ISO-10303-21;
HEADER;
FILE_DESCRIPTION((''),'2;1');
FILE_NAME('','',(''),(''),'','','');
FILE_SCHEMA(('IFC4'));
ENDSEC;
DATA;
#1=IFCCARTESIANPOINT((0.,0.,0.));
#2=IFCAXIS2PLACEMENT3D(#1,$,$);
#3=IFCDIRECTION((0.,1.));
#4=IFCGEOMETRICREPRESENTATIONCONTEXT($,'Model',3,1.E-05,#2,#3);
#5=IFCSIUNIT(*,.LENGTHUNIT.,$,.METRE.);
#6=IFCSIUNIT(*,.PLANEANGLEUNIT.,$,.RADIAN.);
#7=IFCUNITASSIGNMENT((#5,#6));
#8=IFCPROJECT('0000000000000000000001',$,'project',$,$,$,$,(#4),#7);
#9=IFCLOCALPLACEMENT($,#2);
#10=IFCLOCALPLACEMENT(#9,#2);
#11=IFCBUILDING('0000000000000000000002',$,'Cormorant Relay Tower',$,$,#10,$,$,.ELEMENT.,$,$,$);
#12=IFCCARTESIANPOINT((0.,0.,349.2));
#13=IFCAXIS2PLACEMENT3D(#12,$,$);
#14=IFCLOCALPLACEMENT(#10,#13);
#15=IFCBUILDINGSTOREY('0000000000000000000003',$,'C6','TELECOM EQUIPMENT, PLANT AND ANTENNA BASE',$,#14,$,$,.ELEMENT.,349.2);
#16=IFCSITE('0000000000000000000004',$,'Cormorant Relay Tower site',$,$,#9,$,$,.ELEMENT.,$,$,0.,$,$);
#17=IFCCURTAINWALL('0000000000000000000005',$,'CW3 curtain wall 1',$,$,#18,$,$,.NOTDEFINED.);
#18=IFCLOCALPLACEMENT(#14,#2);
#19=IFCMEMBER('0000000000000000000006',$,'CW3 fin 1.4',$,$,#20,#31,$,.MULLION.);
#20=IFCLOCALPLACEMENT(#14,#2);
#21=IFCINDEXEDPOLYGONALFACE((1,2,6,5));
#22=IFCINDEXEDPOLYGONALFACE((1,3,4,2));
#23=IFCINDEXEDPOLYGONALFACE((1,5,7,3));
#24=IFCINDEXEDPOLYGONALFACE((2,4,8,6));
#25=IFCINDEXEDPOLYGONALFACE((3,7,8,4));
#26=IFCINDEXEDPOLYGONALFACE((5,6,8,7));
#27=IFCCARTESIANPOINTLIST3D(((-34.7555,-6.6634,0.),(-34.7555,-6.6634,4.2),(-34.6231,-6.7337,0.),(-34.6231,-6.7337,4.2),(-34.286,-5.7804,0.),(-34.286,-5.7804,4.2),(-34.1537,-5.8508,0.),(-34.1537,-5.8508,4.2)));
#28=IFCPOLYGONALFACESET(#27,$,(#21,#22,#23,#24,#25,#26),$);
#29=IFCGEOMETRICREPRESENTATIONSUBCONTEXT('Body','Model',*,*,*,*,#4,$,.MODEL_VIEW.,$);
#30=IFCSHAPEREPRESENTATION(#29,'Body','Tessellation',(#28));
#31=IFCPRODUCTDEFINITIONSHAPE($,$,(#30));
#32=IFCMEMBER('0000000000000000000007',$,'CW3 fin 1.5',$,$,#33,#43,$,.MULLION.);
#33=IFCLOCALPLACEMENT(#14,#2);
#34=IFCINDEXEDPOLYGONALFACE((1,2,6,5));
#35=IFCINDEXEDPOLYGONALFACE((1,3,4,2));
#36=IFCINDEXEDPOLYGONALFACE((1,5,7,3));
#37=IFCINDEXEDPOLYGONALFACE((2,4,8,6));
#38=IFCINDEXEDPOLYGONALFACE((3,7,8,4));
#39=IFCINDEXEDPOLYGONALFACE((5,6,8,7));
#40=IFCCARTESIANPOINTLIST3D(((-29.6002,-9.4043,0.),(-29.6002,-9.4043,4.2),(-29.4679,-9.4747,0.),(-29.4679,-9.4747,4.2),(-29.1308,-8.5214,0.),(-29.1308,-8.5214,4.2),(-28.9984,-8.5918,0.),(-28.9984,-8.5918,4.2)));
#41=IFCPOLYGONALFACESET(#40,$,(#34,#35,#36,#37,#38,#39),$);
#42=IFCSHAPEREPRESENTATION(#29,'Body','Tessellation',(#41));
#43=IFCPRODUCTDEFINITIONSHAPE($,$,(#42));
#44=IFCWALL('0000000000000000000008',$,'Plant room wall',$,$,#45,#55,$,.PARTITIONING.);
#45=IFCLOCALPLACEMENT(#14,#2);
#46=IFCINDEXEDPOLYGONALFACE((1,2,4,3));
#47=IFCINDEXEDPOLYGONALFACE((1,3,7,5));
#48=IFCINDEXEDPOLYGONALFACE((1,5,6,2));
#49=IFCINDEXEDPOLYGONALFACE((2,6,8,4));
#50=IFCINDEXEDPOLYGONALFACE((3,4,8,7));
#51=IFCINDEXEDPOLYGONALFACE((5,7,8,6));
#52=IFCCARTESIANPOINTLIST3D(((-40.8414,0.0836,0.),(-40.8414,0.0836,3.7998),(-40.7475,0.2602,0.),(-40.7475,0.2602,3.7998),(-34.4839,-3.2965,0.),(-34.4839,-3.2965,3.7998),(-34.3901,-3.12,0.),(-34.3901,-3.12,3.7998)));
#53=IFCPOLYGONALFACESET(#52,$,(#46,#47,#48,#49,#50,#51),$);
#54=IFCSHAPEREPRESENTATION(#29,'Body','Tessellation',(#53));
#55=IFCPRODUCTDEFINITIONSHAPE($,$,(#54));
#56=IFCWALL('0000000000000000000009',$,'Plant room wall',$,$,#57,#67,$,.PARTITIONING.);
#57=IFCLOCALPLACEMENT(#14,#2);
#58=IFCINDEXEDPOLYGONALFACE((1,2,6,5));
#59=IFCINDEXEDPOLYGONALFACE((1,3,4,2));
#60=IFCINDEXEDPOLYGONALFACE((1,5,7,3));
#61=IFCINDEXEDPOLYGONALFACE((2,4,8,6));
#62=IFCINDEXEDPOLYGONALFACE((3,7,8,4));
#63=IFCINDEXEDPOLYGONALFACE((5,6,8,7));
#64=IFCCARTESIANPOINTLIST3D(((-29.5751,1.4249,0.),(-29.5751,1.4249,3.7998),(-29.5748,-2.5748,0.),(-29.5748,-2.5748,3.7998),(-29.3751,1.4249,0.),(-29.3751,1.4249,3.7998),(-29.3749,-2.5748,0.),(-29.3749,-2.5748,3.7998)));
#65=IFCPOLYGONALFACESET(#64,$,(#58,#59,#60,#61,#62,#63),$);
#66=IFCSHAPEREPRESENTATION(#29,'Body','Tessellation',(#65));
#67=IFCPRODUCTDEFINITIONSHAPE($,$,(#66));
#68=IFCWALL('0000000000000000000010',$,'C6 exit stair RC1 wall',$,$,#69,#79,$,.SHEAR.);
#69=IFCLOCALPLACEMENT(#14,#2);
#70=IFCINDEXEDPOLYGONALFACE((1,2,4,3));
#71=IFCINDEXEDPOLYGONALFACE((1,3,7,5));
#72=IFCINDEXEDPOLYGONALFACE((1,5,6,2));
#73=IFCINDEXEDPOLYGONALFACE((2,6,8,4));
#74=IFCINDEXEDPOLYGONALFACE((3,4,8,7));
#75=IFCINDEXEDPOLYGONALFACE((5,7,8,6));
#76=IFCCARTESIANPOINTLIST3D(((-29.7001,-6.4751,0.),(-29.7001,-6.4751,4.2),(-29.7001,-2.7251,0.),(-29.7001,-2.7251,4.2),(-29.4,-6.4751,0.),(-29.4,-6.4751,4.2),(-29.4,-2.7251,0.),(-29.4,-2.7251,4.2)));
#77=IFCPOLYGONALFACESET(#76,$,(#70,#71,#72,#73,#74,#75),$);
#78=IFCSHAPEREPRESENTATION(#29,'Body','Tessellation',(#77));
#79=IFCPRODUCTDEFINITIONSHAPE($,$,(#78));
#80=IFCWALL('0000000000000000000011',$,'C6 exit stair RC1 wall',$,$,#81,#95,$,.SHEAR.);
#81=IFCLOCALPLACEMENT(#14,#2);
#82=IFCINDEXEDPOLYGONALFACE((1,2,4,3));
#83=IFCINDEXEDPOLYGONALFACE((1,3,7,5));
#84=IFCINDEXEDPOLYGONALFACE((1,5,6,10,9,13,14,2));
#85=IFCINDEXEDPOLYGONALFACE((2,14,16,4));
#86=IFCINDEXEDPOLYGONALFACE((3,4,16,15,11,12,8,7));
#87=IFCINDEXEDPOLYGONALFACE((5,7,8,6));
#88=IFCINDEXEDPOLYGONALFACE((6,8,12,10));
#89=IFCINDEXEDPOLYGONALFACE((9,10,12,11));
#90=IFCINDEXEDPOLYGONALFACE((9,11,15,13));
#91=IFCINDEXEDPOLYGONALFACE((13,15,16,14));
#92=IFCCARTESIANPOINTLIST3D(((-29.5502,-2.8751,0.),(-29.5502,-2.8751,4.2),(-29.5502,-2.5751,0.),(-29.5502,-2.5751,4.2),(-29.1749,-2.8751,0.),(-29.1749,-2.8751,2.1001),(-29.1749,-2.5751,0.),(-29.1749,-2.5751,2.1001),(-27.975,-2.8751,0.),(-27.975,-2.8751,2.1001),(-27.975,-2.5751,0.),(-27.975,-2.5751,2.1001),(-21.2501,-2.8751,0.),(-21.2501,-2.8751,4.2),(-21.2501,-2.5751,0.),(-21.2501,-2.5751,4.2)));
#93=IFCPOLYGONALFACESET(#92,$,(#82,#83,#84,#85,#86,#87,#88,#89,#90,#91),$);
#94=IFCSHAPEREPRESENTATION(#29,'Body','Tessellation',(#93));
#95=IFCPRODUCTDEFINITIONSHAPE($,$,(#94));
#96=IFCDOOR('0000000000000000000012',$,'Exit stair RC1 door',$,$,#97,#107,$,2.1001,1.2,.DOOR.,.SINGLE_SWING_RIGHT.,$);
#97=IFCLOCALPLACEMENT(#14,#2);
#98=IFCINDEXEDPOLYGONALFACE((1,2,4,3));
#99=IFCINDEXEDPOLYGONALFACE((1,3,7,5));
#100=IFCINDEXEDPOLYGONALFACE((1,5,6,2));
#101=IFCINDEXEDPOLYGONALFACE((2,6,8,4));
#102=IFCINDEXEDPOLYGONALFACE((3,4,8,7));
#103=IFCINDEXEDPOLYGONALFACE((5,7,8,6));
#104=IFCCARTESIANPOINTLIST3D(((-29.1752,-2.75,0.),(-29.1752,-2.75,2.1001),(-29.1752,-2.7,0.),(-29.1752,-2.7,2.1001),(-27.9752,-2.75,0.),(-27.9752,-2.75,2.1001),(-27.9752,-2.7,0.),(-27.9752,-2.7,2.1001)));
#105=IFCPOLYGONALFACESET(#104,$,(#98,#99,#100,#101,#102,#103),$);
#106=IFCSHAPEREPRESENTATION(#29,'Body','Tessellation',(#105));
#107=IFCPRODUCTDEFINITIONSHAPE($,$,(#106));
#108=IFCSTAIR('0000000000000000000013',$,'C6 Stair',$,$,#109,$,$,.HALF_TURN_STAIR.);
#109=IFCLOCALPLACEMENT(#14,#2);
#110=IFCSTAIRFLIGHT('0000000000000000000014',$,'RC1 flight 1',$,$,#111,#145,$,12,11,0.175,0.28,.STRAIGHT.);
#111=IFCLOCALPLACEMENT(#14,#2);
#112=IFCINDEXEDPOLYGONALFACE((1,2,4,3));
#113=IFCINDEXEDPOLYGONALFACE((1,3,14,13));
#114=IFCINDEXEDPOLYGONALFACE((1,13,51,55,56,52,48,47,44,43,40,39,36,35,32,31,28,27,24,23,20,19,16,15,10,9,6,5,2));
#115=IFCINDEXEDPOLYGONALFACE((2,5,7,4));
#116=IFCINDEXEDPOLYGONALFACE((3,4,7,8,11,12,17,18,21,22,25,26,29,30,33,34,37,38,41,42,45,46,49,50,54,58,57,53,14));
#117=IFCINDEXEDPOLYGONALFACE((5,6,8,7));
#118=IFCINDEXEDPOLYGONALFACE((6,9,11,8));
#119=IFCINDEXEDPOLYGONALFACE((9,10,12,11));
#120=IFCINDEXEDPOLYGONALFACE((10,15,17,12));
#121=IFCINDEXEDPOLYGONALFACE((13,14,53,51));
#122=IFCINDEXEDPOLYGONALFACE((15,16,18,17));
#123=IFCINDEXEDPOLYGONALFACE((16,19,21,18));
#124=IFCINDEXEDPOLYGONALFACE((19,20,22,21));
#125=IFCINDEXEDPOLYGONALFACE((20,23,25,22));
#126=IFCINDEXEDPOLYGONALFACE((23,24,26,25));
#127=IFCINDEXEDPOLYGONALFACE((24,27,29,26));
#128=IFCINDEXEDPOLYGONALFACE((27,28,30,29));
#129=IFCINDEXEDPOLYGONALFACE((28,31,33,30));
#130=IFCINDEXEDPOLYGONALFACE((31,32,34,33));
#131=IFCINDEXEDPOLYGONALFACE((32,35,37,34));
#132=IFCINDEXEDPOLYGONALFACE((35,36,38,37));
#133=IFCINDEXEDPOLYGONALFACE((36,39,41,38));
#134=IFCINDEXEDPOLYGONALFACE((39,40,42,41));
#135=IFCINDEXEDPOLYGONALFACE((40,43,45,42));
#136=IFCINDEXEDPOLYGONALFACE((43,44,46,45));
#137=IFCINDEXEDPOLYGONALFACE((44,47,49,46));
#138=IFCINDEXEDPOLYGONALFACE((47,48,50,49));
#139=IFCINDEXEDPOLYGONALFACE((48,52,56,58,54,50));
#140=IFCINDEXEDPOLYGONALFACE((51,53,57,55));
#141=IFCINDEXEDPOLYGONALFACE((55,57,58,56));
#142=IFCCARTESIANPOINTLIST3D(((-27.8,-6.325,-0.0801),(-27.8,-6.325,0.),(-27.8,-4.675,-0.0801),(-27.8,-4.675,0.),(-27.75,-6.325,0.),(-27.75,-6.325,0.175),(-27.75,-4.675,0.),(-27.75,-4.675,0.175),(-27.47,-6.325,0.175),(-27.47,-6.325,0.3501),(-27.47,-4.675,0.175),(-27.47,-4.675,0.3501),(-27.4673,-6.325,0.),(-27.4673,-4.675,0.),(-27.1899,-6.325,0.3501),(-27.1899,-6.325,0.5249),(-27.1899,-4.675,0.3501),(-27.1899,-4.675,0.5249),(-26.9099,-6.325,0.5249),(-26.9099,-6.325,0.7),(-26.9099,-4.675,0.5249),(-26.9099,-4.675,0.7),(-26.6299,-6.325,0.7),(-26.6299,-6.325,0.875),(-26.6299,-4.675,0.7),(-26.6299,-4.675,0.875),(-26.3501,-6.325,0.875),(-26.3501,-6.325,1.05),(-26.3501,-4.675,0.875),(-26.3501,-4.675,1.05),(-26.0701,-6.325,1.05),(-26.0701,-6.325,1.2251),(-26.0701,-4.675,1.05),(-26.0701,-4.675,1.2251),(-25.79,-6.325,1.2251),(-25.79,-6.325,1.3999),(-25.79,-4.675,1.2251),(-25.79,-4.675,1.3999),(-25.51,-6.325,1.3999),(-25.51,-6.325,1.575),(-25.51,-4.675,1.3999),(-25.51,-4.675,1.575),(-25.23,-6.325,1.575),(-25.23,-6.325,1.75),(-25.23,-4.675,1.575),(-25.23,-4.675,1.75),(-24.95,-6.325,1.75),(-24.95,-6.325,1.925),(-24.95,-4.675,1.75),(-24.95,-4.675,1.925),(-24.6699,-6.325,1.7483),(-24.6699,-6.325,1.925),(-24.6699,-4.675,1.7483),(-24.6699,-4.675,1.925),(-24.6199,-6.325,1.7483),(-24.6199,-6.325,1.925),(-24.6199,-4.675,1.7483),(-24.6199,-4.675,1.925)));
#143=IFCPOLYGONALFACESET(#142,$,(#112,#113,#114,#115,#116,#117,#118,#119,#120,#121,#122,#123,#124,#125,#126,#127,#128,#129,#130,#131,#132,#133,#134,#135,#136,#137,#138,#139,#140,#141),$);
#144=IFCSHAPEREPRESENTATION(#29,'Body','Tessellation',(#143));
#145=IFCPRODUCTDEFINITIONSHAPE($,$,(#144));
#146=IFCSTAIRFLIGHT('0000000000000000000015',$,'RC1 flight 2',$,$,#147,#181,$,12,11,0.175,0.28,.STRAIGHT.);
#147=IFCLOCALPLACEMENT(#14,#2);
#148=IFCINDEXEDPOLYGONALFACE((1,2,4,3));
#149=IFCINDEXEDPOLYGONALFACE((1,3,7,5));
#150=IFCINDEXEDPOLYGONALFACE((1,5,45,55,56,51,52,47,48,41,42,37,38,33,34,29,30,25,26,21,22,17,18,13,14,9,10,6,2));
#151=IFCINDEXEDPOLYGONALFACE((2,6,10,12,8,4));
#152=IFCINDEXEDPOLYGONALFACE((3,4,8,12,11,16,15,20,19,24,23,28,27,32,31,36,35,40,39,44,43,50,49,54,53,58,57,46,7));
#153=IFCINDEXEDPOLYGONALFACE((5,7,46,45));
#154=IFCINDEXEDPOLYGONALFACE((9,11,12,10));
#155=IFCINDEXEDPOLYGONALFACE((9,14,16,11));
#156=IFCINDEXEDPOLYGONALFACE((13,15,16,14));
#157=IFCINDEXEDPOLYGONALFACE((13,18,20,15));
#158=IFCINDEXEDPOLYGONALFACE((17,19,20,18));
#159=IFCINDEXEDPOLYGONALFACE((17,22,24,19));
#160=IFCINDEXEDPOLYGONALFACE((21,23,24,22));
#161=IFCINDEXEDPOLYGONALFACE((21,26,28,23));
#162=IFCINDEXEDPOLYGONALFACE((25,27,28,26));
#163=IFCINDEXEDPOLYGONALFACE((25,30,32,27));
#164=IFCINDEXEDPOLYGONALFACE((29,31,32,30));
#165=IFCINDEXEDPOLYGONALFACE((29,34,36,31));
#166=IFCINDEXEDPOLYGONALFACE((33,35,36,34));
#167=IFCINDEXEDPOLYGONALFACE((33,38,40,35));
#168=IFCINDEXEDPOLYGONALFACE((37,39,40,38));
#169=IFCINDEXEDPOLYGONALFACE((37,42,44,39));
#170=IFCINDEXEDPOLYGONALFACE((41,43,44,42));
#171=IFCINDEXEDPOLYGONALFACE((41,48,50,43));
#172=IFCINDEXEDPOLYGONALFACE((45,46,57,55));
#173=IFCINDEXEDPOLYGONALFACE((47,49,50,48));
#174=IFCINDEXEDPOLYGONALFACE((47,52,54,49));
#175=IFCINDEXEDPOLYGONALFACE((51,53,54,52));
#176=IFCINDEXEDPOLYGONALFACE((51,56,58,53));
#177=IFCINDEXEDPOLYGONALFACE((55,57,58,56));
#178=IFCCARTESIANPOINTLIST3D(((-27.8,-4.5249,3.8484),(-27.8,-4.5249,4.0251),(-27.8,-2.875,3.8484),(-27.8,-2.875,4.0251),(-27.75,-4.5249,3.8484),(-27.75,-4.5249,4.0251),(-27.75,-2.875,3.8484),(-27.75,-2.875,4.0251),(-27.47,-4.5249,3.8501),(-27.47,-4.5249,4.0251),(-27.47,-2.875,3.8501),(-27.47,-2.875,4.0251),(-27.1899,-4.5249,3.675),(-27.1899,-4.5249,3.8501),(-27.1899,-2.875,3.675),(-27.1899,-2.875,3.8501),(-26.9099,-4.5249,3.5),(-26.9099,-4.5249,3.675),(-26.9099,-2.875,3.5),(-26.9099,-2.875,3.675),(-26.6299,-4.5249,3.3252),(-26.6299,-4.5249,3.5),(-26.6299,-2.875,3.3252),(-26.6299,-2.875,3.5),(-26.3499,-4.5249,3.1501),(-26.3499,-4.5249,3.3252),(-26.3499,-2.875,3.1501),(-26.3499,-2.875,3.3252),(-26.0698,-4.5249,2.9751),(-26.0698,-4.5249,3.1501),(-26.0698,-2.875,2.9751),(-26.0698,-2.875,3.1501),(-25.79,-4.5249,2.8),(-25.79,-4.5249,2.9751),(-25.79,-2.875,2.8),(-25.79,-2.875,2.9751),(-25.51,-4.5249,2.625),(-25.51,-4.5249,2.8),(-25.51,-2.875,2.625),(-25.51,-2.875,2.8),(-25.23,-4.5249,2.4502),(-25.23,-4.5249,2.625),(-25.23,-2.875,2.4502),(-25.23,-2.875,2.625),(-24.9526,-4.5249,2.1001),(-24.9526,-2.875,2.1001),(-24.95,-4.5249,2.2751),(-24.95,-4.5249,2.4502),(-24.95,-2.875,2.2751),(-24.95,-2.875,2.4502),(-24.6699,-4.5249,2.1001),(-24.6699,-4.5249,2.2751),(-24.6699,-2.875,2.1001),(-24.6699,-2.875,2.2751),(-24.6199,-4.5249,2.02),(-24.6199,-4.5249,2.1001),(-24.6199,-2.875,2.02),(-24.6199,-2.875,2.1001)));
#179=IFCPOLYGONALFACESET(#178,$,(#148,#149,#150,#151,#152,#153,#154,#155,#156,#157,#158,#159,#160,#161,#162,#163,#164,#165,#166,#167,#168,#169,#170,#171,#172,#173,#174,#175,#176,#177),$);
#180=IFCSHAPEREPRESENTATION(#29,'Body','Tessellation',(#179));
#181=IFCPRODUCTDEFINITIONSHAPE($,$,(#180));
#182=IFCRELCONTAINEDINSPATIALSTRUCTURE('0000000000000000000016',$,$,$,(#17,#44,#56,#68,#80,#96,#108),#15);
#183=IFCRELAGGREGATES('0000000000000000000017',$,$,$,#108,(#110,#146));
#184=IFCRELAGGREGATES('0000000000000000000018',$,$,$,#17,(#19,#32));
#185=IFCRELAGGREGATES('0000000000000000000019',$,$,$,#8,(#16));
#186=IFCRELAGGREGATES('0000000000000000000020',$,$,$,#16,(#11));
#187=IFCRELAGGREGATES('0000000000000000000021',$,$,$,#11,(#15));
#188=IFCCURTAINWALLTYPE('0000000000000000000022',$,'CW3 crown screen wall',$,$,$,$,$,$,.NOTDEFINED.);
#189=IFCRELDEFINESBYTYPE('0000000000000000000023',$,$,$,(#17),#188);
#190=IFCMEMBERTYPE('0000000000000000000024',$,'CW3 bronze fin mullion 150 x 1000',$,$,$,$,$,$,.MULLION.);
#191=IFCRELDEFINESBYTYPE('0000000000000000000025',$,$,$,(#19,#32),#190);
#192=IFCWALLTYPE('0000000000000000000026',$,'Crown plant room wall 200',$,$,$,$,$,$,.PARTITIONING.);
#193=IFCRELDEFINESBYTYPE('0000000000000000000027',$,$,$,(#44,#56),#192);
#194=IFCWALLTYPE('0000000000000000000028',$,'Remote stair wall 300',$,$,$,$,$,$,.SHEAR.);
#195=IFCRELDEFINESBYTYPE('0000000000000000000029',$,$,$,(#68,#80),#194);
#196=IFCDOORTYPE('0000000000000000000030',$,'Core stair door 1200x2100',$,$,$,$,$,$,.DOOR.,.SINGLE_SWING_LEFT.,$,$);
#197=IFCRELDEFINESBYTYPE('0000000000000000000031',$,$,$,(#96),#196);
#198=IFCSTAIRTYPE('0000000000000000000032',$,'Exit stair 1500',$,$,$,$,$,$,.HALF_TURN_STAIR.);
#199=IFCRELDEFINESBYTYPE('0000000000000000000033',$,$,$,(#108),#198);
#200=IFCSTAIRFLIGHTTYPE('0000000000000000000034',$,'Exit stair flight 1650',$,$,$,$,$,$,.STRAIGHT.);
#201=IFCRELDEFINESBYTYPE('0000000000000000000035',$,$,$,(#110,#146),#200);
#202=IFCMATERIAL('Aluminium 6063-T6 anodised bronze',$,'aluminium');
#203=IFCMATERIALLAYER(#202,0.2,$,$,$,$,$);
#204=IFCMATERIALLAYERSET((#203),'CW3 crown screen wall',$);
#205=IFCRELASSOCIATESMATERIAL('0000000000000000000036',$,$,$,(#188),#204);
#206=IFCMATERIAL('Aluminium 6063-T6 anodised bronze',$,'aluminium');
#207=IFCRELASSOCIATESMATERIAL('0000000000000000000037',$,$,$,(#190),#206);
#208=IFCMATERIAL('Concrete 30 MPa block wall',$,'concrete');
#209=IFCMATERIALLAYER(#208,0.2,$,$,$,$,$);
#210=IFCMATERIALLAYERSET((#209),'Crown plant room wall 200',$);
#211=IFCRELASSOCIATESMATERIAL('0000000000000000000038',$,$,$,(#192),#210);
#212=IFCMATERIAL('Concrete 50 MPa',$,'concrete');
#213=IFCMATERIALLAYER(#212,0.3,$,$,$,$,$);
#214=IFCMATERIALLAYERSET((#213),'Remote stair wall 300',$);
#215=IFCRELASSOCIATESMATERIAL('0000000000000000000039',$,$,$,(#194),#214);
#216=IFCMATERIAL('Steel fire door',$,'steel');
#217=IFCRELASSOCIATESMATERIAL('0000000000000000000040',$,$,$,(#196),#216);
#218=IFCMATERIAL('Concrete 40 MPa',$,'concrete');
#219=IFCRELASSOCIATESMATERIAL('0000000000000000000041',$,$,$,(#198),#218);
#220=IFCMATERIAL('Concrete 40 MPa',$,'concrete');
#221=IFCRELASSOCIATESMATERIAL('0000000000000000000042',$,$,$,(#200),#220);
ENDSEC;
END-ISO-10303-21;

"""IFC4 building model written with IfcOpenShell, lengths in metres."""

from ifc_helpers import new_model, si_unit, direction, frame, frame_2d, origin, origin_2d, place, context, subcontext, project, spatial, polyline, rectangle, outline, extrude, material, layer, layer_set, material_profile, profile_set, type_object, element, fill, aggregate, save


model = new_model("IFC4")

# Units and contexts
model_context = context("Model", 3, precision=1e-05, world=origin(), true_north=direction((0.0, 1.0)))
body_context = subcontext(model_context, "Body", "Model", "MODEL_VIEW")
ifc_project = project(units=[si_unit("LENGTHUNIT", "METRE"), si_unit("PLANEANGLEUNIT", "RADIAN")], contexts=[model_context])

# Site, building, storey
site_placement = place(None, origin())
site = spatial("IfcSite", under=ifc_project, at=site_placement, Name="Cormorant Relay Tower site", CompositionType="ELEMENT", RefElevation=0.0)
building_placement = place(site_placement, origin())
building = spatial("IfcBuilding", under=site, at=building_placement, Name="Cormorant Relay Tower", CompositionType="ELEMENT")
storey_placement = place(building_placement, frame((0.0, 0.0, 349.2)))
storey = spatial("IfcBuildingStorey", under=building, at=storey_placement, Name="C6", Description="TELECOM EQUIPMENT, PLANT AND ANTENNA BASE", CompositionType="ELEMENT", Elevation=349.2)

# Curtain wall, members
ifc_material_1 = material(Name="Aluminium 6063-T6 anodised bronze", Category="aluminium")
ifc_layer_1 = layer(ifc_material_1, 0.2)
ifc_layer_set_1 = layer_set([ifc_layer_1], Name="CW3 crown screen wall")
curtain_wall_type = type_object("IfcCurtainWallType", Name="CW3 crown screen wall", PredefinedType="NOTDEFINED", material=ifc_layer_set_1)
curtain_wall_placement = place(storey_placement, origin())
curtain_wall = element("IfcCurtainWall", 1, at=curtain_wall_placement, inside=storey, type_object=curtain_wall_type, Name="CW3 curtain wall 1", PredefinedType="NOTDEFINED")
ifc_material_2 = material(Name="Aluminium 6063-T6 anodised bronze", Category="aluminium")
ifc_material_profile = material_profile(ifc_material_2, rectangle(XDim=0.1499, YDim=1.0, at=origin_2d()), Name="AL 150x1000")
ifc_profile_set = profile_set([ifc_material_profile], Name="Aluminium 6063-T6 anodised bronze")
member_type = type_object("IfcMemberType", Name="CW3 bronze fin mullion 150 x 1000", PredefinedType="MULLION", material=ifc_profile_set)
member_1_placement = place(storey_placement, frame((-34.4546, -6.2571, 0.0), z_axis=(0.0, 0.0, 1.0), x_axis=(0.882948, -0.469472, 0.0)))
member_1 = element("IfcMember", 2, at=member_1_placement, type_object=member_type, Name="CW3 fin 1.4", PredefinedType="MULLION", context=body_context, shape_type="SweptSolid", body=[
    extrude(rectangle(XDim=0.1499, YDim=1.0, at=origin_2d()), origin(), (0.0, 0.0, 1.0), 4.2),
])
member_2_placement = place(storey_placement, frame((-29.2993, -8.998, 0.0), z_axis=(0.0, 0.0, 1.0), x_axis=(0.882948, -0.469472, 0.0)))
member_2 = element("IfcMember", 3, at=member_2_placement, type_object=member_type, Name="CW3 fin 1.5", PredefinedType="MULLION", context=body_context, shape_type="SweptSolid", body=[
    extrude(rectangle(XDim=0.1499, YDim=1.0, at=origin_2d()), origin(), (0.0, 0.0, 1.0), 4.2),
])

# Walls
ifc_material_3 = material(Name="Concrete 30 MPa block wall", Category="concrete")
ifc_layer_2 = layer(ifc_material_3, 0.2)
ifc_layer_set_2 = layer_set([ifc_layer_2], Name="Crown plant room wall 200")
wall_type_1 = type_object("IfcWallType", Name="Crown plant room wall 200", PredefinedType="PARTITIONING", material=ifc_layer_set_2)
wall_1_placement = place(storey_placement, frame((-34.437, -3.2083, 0.0), z_axis=(0.0, 0.0, 1.0), x_axis=(-0.882958, 0.469453, 0.0)))
element("IfcWall", 4, at=wall_1_placement, inside=storey, type_object=wall_type_1, Name="Plant room wall", PredefinedType="PARTITIONING", context=body_context, shape_type="SweptSolid", body=[
    extrude(rectangle(XDim=7.2002, YDim=0.2, at=frame_2d((3.6001, 0.0))), origin(), (0.0, 0.0, 1.0), 3.7998),
])
wall_2_placement = place(storey_placement, frame((-29.4749, -2.575, 0.0), z_axis=(0.0, 0.0, 1.0), x_axis=(-0.000061, 1.0, 0.0)))
element("IfcWall", 5, at=wall_2_placement, inside=storey, type_object=wall_type_1, Name="Plant room wall", PredefinedType="PARTITIONING", context=body_context, shape_type="SweptSolid", body=[
    extrude(rectangle(XDim=3.9998, YDim=0.2, at=frame_2d((2.0, 0.0))), origin(), (0.0, 0.0, 1.0), 3.7998),
])
ifc_material_4 = material(Name="Concrete 50 MPa", Category="concrete")
ifc_layer_3 = layer(ifc_material_4, 0.3)
ifc_layer_set_3 = layer_set([ifc_layer_3], Name="Remote stair wall 300")
wall_type_2 = type_object("IfcWallType", Name="Remote stair wall 300", PredefinedType="SHEAR", material=ifc_layer_set_3)
wall_3_placement = place(storey_placement, frame((-29.55, -6.4751, 0.0), z_axis=(0.0, 0.0, 1.0), x_axis=(0.0, 1.0, 0.0)))
element("IfcWall", 6, at=wall_3_placement, inside=storey, type_object=wall_type_2, Name="C6 exit stair RC1 wall", PredefinedType="SHEAR", context=body_context, shape_type="SweptSolid", body=[
    extrude(rectangle(XDim=3.75, YDim=0.3, at=frame_2d((1.875, 0.0))), origin(), (0.0, 0.0, 1.0), 4.2),
])

# Wall, opening, door
wall_4_placement = place(storey_placement, frame((-29.55, -2.7251, 0.0), z_axis=(0.0, 0.0, 1.0), x_axis=(1.0, 0.0, 0.0)))
wall_4 = element("IfcWall", 7, at=wall_4_placement, inside=storey, type_object=wall_type_2, Name="C6 exit stair RC1 wall", PredefinedType="SHEAR", context=body_context, shape_type="SweptSolid", body=[
    extrude(rectangle(XDim=8.3, YDim=0.3, at=frame_2d((4.1499, 0.0))), origin(), (0.0, 0.0, 1.0), 4.2),
])
opening_placement = place(wall_4_placement, frame((0.375, 0.0, 0.0)))
opening = element("IfcOpeningElement", 8, at=opening_placement, cuts=wall_4, PredefinedType="OPENING", context=body_context, shape_type="SweptSolid", body=[
    extrude(rectangle(XDim=1.2, YDim=2.1001, at=frame_2d((0.6001, 1.05))), frame((0.0, 0.1599, 0.0), z_axis=(0.0, -1.0, 0.0), x_axis=(1.0, 0.0, 0.0)), (0.0, 0.0, 1.0), 0.3201),
])
ifc_material_5 = material(Name="Steel fire door", Category="steel")
door_type = type_object("IfcDoorType", Name="Core stair door 1200x2100", OperationType="SINGLE_SWING_LEFT", PredefinedType="DOOR", material=ifc_material_5)
door_placement = place(opening_placement, frame((1.2, 0.0, 0.0), z_axis=(0.0, 0.0, 1.0), x_axis=(-1.0, 0.0, 0.0)))
door = element("IfcDoor", 9, at=door_placement, inside=storey, type_object=door_type, Name="Exit stair RC1 door", OperationType="SINGLE_SWING_RIGHT", OverallHeight=2.1001, OverallWidth=1.2, PredefinedType="DOOR", context=body_context, shape_type="SweptSolid", body=[
    extrude(rectangle(XDim=1.2, YDim=2.1001, at=frame_2d((0.6001, 1.05))), frame((0.0, 0.0249, 0.0), z_axis=(0.0, -1.0, 0.0), x_axis=(1.0, 0.0, 0.0)), (0.0, 0.0, 1.0), 0.05),
])
fill(opening, door)

# Stair, stair flights
ifc_material_6 = material(Name="Concrete 40 MPa", Category="concrete")
stair_type = type_object("IfcStairType", Name="Exit stair 1500", PredefinedType="HALF_TURN_STAIR", material=ifc_material_6)
stair_placement = place(storey_placement, origin())
stair = element("IfcStair", 10, at=stair_placement, inside=storey, type_object=stair_type, Name="C6 Stair", PredefinedType="HALF_TURN_STAIR")
ifc_material_7 = material(Name="Concrete 40 MPa", Category="concrete")
stair_flight_type = type_object("IfcStairFlightType", Name="Exit stair flight 1650", PredefinedType="STRAIGHT", material=ifc_material_7)
stair_flight_1_placement = place(storey_placement, frame((-27.75, -5.5, 0.0), z_axis=(0.0, 0.0, 1.0), x_axis=(1.0, 0.0, 0.0)))
stair_flight_1 = element("IfcStairFlight", 11, at=stair_flight_1_placement, type_object=stair_flight_type, Name="RC1 flight 1", NumberOfRisers=12, NumberOfTreads=11, PredefinedType="STRAIGHT", RiserHeight=0.175, TreadLength=0.28, context=body_context, shape_type="SweptSolid", body=[
    extrude(outline(polyline([(-0.05, -0.0801), (-0.05, 0.0), (0.0, 0.0), (0.0, 0.175), (0.28, 0.175), (0.28, 0.3501), (0.5601, 0.3501), (0.5601, 0.5249), (0.8401, 0.5249), (0.8401, 0.7), (1.1201, 0.7), (1.1201, 0.875), (1.3999, 0.875), (1.3999, 1.05), (1.6799, 1.05), (1.6799, 1.2251), (1.96, 1.2251), (1.96, 1.3999), (2.24, 1.3999), (2.24, 1.575), (2.52, 1.575), (2.52, 1.75), (2.8, 1.75), (2.8, 1.925), (3.0801, 1.925), (3.1301, 1.925), (3.1301, 1.7483), (3.0801, 1.7483), (0.2827, 0.0), (-0.05, -0.0801)])), frame((0.0, 0.825, 0.0), z_axis=(0.0, -1.0, 0.0), x_axis=(1.0, 0.0, 0.0)), (0.0, 0.0, 1.0), 1.6499),
])
stair_flight_2_placement = place(storey_placement, frame((-24.6699, -3.7, 2.1001), z_axis=(0.0, 0.0, 1.0), x_axis=(-1.0, 0.0, 0.0)))
stair_flight_2 = element("IfcStairFlight", 12, at=stair_flight_2_placement, type_object=stair_flight_type, Name="RC1 flight 2", NumberOfRisers=12, NumberOfTreads=11, PredefinedType="STRAIGHT", RiserHeight=0.175, TreadLength=0.28, context=body_context, shape_type="SweptSolid", body=[
    extrude(outline(polyline([(-0.05, -0.0801), (-0.05, 0.0), (0.0, 0.0), (0.0, 0.175), (0.28, 0.175), (0.28, 0.3501), (0.5601, 0.3501), (0.5601, 0.5249), (0.8401, 0.5249), (0.8401, 0.7), (1.1201, 0.7), (1.1201, 0.875), (1.3999, 0.875), (1.3999, 1.05), (1.6799, 1.05), (1.6799, 1.2251), (1.96, 1.2251), (1.96, 1.3999), (2.24, 1.3999), (2.24, 1.575), (2.52, 1.575), (2.52, 1.75), (2.8, 1.75), (2.8, 1.925), (3.0801, 1.925), (3.1301, 1.925), (3.1301, 1.7483), (3.0801, 1.7483), (0.2827, 0.0), (-0.05, -0.0801)])), frame((0.0, 0.825, 0.0), z_axis=(0.0, -1.0, 0.0), x_axis=(1.0, 0.0, 0.0)), (0.0, 0.0, 1.0), 1.6499),
])
aggregate(stair, [stair_flight_1, stair_flight_2])

aggregate(curtain_wall, [member_1, member_2])

save(model, "model.ifc")
